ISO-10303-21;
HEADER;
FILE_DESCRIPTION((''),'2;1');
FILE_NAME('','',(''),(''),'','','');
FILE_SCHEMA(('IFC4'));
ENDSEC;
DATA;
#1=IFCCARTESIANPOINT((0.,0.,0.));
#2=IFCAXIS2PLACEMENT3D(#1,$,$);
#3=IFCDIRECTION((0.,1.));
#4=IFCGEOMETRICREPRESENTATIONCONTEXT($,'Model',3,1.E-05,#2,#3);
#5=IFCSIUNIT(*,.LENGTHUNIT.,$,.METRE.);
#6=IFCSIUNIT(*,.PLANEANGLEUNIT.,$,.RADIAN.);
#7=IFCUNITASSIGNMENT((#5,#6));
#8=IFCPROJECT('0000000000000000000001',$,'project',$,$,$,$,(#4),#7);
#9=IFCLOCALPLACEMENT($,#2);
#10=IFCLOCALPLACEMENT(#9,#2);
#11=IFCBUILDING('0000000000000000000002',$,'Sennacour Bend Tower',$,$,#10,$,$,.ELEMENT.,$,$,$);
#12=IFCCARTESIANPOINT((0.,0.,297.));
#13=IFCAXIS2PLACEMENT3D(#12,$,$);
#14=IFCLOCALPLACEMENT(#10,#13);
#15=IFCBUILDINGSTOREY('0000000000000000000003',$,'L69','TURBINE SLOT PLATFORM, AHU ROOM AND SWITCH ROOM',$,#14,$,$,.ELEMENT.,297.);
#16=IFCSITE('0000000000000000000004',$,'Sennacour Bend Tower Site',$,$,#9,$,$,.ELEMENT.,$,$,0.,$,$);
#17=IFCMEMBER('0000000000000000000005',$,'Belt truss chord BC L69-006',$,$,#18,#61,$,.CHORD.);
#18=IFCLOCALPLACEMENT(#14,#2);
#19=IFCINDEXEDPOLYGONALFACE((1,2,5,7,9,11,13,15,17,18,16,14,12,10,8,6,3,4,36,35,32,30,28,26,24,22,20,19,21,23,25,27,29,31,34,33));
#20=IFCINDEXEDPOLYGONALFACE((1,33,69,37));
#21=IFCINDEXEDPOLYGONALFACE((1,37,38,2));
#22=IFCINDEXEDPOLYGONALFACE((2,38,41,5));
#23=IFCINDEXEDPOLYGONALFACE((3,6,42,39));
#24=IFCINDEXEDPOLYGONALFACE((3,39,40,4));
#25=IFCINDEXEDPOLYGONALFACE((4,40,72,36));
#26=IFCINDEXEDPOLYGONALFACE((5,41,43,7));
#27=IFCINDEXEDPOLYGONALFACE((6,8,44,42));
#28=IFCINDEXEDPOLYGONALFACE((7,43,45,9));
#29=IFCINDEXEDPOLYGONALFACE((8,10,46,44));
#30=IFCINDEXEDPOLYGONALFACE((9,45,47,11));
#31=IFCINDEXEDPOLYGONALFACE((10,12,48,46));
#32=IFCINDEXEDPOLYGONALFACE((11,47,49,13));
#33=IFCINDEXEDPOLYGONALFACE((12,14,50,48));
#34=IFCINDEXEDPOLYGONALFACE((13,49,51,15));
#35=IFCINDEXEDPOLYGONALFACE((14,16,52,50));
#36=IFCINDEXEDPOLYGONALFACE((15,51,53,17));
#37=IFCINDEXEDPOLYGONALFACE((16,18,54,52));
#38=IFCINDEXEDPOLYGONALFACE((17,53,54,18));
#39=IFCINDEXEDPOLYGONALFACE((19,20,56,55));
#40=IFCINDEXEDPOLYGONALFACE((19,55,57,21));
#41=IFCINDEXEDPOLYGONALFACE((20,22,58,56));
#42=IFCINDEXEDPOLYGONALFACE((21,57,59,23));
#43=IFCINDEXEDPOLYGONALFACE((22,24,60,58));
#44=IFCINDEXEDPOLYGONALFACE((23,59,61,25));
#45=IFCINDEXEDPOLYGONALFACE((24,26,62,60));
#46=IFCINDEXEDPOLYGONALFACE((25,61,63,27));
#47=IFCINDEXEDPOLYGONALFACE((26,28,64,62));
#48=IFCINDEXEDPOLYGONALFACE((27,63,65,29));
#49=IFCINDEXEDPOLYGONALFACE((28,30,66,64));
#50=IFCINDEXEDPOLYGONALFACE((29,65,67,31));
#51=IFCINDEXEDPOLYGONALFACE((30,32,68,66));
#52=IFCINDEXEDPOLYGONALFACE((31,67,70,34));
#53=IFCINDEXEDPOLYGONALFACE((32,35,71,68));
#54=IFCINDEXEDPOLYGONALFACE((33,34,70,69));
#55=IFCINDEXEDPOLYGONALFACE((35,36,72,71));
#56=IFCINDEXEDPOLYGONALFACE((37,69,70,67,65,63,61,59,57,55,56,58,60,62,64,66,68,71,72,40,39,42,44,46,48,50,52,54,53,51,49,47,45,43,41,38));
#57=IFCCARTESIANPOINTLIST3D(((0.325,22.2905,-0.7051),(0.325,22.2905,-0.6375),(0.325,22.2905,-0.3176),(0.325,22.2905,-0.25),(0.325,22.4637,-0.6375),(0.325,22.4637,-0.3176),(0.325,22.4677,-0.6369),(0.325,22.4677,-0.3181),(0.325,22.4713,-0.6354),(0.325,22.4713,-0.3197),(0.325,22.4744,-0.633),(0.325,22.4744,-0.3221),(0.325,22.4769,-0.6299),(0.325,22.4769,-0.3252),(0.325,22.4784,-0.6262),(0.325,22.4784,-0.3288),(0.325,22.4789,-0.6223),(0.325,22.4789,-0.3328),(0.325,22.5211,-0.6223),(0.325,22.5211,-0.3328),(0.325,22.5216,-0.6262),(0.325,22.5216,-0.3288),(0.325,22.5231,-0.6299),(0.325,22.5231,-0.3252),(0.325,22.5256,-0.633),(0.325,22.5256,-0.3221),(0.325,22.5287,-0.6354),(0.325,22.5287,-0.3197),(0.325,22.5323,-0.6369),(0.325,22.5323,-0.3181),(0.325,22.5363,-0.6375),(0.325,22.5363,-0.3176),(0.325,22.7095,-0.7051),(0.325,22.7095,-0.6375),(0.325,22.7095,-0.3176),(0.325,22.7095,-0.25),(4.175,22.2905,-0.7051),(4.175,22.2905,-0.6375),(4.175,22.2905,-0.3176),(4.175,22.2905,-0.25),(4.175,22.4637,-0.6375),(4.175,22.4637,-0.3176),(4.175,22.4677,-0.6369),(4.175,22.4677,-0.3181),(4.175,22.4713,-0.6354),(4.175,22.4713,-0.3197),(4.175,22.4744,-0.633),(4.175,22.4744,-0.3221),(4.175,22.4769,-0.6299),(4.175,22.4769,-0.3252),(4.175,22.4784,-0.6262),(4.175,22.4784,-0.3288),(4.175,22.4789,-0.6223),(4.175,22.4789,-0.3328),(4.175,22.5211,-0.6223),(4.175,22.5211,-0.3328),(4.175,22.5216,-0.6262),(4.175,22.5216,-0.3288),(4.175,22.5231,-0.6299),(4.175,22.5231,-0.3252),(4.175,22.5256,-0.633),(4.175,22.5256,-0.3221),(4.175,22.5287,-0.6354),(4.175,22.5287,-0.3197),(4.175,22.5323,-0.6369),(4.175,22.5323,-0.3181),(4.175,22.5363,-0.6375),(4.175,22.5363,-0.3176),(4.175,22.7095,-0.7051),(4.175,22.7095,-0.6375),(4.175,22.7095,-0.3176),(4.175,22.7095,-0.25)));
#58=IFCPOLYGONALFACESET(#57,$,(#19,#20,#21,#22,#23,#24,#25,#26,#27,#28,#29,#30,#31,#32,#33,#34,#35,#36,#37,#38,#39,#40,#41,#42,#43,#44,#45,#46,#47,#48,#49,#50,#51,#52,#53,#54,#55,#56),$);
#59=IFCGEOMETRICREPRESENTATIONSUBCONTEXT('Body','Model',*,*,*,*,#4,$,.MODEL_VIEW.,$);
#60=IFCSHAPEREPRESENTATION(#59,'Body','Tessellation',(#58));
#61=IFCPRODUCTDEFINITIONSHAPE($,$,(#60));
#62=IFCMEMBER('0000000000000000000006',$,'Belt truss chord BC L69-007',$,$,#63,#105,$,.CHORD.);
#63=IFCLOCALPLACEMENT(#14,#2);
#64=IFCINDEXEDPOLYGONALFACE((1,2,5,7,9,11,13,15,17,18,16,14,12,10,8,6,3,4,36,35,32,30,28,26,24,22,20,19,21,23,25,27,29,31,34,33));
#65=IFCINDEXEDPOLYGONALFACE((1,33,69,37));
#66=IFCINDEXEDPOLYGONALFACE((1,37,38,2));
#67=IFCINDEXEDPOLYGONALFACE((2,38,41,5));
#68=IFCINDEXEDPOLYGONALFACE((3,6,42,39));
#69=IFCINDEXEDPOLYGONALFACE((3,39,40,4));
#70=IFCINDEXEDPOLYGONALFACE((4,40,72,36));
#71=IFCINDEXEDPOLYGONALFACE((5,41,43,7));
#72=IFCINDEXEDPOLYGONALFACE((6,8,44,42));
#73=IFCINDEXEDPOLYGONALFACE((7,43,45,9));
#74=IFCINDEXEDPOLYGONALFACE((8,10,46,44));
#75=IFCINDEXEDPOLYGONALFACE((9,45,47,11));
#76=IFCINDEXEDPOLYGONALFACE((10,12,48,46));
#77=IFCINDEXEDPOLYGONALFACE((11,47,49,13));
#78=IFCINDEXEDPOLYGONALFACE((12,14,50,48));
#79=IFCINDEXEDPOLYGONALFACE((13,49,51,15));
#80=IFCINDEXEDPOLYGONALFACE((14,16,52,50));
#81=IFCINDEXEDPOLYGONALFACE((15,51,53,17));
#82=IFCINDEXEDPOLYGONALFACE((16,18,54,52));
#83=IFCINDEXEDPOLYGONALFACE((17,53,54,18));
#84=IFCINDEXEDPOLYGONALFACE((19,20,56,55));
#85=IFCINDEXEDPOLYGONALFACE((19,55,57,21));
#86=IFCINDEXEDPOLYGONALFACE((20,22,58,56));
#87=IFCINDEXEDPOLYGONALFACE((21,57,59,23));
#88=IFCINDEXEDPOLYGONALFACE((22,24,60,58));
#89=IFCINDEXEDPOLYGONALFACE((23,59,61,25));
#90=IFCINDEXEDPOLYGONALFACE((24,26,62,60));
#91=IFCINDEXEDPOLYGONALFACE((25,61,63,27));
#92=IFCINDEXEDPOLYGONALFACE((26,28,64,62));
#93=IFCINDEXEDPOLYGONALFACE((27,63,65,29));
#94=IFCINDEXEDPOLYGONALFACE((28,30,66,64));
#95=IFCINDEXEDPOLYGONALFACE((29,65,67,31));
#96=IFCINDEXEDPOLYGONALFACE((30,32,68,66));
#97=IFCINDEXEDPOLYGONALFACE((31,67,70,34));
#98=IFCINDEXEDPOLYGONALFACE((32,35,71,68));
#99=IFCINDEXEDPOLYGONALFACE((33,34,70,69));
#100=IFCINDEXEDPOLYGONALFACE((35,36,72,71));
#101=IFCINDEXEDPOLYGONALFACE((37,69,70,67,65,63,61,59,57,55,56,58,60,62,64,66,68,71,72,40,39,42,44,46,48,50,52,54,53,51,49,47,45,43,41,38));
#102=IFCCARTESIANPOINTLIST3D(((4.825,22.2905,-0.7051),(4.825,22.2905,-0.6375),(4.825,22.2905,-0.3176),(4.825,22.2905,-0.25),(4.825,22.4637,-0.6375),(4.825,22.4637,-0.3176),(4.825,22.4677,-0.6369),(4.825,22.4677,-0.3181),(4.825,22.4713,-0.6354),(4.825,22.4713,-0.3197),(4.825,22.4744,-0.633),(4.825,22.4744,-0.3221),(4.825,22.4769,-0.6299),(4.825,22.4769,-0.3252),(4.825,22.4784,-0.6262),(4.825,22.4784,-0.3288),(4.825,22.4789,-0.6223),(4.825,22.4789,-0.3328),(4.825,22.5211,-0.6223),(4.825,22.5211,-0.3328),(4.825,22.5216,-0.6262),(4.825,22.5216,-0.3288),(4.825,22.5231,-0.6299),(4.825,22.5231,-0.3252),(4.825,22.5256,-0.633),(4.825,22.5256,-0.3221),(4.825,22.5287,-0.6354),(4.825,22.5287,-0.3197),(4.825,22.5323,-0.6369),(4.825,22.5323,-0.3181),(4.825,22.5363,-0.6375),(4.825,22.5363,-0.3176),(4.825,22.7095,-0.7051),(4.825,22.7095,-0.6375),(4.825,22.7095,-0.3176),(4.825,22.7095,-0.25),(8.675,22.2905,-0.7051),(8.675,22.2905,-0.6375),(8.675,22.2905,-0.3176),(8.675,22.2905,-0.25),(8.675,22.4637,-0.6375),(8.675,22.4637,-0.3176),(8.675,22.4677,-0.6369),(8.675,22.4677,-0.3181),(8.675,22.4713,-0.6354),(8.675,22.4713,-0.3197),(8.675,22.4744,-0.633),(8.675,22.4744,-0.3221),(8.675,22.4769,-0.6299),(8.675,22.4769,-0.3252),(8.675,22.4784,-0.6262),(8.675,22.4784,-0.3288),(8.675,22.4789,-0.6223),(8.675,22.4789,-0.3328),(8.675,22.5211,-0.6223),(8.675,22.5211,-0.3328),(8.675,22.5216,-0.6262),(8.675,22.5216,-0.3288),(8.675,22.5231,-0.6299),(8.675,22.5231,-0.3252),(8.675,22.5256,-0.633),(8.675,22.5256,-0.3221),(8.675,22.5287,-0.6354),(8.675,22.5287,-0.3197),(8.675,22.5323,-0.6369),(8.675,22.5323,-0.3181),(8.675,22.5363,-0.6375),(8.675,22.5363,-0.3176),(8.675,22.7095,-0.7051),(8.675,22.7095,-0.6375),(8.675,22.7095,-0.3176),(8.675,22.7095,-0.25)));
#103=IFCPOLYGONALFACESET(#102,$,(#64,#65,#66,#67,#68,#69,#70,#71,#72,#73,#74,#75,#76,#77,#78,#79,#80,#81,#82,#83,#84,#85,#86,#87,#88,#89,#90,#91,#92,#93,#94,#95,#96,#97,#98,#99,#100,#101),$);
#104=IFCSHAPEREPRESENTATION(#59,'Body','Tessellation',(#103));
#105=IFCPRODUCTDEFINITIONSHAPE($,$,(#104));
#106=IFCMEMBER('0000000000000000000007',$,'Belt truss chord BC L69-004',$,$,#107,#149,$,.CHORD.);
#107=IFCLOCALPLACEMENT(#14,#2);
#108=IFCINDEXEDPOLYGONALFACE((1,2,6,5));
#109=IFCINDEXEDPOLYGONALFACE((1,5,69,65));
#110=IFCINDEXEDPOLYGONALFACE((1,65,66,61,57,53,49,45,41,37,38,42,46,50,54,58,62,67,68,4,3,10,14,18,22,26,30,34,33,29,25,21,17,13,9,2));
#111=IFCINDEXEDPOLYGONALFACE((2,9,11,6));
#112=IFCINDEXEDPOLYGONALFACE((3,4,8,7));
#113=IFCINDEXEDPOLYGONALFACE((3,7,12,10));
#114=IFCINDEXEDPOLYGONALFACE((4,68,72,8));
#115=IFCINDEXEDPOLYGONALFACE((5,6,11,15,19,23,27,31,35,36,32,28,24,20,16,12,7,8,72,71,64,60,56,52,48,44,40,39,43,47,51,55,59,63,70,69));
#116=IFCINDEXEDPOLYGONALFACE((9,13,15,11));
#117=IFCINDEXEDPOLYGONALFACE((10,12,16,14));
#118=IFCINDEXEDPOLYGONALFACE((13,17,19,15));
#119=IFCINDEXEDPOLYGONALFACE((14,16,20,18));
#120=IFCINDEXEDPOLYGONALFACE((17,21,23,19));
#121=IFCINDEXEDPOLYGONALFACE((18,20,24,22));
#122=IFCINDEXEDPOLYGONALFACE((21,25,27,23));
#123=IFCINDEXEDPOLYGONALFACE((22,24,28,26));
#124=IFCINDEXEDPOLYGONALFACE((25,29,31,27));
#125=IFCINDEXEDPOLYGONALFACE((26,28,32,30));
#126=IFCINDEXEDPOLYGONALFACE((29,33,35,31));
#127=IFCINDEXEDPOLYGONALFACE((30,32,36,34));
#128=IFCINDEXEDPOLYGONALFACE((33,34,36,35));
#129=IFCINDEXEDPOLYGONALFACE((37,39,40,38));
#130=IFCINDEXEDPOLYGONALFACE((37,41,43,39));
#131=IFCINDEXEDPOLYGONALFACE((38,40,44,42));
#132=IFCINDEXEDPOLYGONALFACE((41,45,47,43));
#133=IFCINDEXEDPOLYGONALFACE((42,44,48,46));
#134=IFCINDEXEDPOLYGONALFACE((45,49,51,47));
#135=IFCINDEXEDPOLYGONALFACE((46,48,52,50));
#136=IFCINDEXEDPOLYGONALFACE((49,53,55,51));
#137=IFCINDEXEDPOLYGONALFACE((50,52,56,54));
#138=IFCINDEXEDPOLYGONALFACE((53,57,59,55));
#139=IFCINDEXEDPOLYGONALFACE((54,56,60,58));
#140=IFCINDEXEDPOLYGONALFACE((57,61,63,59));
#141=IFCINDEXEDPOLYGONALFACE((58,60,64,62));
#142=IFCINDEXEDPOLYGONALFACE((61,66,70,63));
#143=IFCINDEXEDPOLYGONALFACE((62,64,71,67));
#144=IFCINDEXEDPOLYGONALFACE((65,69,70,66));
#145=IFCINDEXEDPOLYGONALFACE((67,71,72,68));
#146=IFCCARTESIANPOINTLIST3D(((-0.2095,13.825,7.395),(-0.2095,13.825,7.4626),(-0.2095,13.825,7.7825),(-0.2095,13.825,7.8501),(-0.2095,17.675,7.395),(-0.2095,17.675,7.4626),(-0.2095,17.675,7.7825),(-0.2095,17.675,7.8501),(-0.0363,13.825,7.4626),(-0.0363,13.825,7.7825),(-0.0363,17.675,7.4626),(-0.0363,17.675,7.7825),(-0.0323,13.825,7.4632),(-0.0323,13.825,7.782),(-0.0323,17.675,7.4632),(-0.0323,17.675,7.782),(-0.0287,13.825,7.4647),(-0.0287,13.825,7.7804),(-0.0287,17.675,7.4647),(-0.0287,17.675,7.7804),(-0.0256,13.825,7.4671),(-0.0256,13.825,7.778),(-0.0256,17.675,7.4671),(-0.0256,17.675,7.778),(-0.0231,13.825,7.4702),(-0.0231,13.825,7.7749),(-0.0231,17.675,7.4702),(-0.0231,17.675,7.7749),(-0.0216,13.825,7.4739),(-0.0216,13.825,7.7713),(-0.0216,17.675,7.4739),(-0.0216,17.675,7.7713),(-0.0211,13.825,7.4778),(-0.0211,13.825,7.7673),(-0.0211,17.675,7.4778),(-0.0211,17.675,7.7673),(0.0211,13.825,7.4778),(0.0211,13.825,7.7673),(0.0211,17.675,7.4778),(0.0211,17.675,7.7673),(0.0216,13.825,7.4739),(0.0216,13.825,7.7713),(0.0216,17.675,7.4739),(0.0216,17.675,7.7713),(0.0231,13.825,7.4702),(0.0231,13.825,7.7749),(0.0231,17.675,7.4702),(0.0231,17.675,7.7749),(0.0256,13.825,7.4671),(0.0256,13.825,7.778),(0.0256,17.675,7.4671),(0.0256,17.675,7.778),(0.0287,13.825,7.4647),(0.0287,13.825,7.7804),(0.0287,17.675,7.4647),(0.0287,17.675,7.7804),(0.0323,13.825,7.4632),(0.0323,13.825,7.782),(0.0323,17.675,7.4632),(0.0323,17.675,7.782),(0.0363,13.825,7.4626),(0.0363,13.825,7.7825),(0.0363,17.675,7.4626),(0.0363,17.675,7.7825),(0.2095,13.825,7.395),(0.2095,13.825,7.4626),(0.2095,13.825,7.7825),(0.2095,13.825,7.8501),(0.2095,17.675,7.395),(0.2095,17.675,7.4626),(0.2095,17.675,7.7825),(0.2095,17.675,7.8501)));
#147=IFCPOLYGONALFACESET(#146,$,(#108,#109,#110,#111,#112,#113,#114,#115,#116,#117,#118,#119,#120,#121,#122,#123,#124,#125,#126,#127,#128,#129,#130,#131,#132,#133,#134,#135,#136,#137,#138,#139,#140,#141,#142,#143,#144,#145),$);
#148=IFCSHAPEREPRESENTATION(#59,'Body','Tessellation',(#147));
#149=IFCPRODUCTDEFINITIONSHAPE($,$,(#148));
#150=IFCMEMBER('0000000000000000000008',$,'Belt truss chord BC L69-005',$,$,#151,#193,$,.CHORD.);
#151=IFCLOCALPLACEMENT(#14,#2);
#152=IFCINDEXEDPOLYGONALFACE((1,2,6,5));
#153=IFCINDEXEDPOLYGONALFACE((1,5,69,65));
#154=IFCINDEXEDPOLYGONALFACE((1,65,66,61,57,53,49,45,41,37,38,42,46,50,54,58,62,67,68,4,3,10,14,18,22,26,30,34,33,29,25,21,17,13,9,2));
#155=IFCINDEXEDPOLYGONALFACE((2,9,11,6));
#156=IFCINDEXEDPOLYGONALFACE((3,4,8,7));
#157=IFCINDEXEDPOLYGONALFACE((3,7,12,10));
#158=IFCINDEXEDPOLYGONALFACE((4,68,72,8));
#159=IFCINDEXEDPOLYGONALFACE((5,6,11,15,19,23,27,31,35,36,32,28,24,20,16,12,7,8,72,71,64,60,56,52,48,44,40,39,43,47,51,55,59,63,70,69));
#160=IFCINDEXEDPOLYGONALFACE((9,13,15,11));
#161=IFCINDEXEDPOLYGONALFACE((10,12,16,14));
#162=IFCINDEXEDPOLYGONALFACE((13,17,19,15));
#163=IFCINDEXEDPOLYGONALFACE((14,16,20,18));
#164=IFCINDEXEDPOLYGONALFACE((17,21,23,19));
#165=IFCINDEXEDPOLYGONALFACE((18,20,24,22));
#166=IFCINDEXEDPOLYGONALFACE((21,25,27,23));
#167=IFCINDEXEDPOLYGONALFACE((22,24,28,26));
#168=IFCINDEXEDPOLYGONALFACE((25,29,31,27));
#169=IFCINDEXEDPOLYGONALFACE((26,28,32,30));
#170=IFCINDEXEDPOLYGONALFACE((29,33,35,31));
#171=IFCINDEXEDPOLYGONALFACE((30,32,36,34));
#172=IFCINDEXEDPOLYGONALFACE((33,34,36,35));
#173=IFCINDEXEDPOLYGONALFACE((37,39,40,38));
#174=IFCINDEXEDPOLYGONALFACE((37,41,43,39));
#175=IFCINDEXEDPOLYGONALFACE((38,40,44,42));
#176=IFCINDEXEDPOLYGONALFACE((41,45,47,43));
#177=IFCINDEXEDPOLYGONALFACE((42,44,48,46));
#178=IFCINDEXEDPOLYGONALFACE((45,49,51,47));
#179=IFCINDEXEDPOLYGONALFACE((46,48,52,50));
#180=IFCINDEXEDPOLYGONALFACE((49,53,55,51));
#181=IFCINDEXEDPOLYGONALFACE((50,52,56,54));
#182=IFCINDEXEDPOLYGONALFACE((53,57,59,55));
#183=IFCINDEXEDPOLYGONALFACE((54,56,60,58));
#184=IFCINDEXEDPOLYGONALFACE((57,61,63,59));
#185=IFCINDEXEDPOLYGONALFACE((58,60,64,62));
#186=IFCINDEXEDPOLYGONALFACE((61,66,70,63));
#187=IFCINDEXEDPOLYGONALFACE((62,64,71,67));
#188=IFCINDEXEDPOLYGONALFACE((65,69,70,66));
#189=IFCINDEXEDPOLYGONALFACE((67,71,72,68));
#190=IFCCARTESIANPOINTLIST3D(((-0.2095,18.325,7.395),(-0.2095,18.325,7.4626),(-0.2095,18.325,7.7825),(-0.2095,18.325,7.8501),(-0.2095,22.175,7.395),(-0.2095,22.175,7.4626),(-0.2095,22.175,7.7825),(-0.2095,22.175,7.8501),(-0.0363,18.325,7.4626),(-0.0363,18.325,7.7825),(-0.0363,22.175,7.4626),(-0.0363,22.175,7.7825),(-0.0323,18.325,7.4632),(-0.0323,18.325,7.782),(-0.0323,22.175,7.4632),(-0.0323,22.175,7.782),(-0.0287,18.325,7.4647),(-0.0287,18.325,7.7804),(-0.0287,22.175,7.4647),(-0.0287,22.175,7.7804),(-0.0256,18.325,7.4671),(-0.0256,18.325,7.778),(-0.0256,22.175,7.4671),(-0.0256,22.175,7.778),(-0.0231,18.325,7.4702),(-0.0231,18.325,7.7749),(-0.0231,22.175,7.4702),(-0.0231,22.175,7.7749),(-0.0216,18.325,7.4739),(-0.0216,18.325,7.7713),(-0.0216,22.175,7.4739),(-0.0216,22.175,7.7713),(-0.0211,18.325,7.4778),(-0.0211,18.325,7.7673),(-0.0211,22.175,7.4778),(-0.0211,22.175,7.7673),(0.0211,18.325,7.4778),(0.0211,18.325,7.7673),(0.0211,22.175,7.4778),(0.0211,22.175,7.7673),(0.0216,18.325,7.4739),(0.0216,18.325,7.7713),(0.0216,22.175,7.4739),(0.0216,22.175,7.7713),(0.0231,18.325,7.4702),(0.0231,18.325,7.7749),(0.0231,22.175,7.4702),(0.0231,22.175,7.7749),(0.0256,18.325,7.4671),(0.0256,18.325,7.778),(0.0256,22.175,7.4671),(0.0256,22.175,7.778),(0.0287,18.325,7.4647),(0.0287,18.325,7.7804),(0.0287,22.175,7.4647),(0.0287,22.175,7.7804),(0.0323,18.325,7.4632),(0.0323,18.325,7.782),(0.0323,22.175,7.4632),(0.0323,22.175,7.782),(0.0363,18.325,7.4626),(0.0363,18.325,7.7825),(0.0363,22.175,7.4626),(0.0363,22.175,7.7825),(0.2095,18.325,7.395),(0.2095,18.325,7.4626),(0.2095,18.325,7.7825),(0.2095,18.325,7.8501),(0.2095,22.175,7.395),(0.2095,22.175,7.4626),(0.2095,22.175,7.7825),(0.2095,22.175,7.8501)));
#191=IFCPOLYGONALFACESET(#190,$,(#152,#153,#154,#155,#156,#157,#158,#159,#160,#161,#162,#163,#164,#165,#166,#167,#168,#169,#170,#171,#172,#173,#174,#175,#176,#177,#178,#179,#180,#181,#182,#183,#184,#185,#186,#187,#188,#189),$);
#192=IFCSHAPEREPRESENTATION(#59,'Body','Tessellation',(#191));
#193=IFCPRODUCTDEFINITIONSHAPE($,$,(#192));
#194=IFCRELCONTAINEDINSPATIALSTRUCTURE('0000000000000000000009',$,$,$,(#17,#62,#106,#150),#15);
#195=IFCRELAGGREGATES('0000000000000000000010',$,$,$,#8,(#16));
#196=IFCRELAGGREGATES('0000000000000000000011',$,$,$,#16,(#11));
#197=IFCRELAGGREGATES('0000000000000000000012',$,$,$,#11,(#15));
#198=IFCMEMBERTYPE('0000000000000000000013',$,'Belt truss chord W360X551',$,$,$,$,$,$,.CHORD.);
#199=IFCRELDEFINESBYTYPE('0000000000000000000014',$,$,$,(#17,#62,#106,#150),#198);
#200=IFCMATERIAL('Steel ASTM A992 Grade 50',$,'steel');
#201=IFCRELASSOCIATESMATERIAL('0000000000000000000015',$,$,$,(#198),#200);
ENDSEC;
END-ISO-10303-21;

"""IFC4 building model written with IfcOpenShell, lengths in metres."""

from ifc_helpers import new_model, si_unit, direction, frame, origin, origin_2d, place, context, subcontext, project, spatial, i_section, extrude, material, material_profile, profile_set, type_object, element, save


model = new_model("IFC4")

# Units and contexts
model_context = context("Model", 3, precision=1e-05, world=origin(), true_north=direction((0.0, 1.0)))
body_context = subcontext(model_context, "Body", "Model", "MODEL_VIEW")
ifc_project = project(units=[si_unit("LENGTHUNIT", "METRE"), si_unit("PLANEANGLEUNIT", "RADIAN")], contexts=[model_context])

# Site, building, storey
site_placement = place(None, origin())
site = spatial("IfcSite", under=ifc_project, at=site_placement, Name="Sennacour Bend Tower Site", CompositionType="ELEMENT", RefElevation=0.0)
building_placement = place(site_placement, origin())
building = spatial("IfcBuilding", under=site, at=building_placement, Name="Sennacour Bend Tower", CompositionType="ELEMENT")
storey_placement = place(building_placement, frame((0.0, 0.0, 297.0)))
storey = spatial("IfcBuildingStorey", under=building, at=storey_placement, Name="L69", Description="TURBINE SLOT PLATFORM, AHU ROOM AND SWITCH ROOM", CompositionType="ELEMENT", Elevation=297.0)

# Members
ifc_material_1 = material(Name="Steel ASTM A992 Grade 50", Category="steel")
ifc_material_profile_1 = material_profile(ifc_material_1, i_section(OverallWidth=0.4189, OverallDepth=0.4551, WebThickness=0.0422, FlangeThickness=0.0676, FilletRadius=0.0151, at=origin_2d()), Name="Steel ASTM A992 Grade 50", Category="steel")
ifc_profile_set_1 = profile_set([ifc_material_profile_1], Name="Steel ASTM A992 Grade 50")
member_type_1 = type_object("IfcMemberType", Name="Belt truss chord W360X551", PredefinedType="CHORD", material=ifc_profile_set_1)
for number, where, z_axis, x_axis, name in (
    (1, (0.325, 22.5, -0.4775), (1.0, 0.0, 0.0), (0.0, 1.0, 0.0), "Belt truss chord BC L69-006"),
    (2, (4.825, 22.5, -0.4775), (1.0, 0.0, 0.0), (0.0, 1.0, 0.0), "Belt truss chord BC L69-007"),
    (3, (0.0, 13.825, 7.6226), (0.0, 1.0, 0.0), (-1.0, 0.0, 0.0), "Belt truss chord BC L69-004"),
    (4, (0.0, 18.325, 7.6226), (0.0, 1.0, 0.0), (-1.0, 0.0, 0.0), "Belt truss chord BC L69-005"),
):
    element("IfcMember", number, at=place(storey_placement, frame(where, z_axis=z_axis, x_axis=x_axis)), inside=storey, type_object=member_type_1, Name=name, PredefinedType="CHORD", context=body_context, shape_type="SweptSolid", body=[
        extrude(i_section(OverallWidth=0.4189, OverallDepth=0.4551, WebThickness=0.0422, FlangeThickness=0.0676, FilletRadius=0.0151, at=origin_2d()), origin(), (0.0, 0.0, 1.0), 3.8501),
    ])

save(model, "model.ifc")
